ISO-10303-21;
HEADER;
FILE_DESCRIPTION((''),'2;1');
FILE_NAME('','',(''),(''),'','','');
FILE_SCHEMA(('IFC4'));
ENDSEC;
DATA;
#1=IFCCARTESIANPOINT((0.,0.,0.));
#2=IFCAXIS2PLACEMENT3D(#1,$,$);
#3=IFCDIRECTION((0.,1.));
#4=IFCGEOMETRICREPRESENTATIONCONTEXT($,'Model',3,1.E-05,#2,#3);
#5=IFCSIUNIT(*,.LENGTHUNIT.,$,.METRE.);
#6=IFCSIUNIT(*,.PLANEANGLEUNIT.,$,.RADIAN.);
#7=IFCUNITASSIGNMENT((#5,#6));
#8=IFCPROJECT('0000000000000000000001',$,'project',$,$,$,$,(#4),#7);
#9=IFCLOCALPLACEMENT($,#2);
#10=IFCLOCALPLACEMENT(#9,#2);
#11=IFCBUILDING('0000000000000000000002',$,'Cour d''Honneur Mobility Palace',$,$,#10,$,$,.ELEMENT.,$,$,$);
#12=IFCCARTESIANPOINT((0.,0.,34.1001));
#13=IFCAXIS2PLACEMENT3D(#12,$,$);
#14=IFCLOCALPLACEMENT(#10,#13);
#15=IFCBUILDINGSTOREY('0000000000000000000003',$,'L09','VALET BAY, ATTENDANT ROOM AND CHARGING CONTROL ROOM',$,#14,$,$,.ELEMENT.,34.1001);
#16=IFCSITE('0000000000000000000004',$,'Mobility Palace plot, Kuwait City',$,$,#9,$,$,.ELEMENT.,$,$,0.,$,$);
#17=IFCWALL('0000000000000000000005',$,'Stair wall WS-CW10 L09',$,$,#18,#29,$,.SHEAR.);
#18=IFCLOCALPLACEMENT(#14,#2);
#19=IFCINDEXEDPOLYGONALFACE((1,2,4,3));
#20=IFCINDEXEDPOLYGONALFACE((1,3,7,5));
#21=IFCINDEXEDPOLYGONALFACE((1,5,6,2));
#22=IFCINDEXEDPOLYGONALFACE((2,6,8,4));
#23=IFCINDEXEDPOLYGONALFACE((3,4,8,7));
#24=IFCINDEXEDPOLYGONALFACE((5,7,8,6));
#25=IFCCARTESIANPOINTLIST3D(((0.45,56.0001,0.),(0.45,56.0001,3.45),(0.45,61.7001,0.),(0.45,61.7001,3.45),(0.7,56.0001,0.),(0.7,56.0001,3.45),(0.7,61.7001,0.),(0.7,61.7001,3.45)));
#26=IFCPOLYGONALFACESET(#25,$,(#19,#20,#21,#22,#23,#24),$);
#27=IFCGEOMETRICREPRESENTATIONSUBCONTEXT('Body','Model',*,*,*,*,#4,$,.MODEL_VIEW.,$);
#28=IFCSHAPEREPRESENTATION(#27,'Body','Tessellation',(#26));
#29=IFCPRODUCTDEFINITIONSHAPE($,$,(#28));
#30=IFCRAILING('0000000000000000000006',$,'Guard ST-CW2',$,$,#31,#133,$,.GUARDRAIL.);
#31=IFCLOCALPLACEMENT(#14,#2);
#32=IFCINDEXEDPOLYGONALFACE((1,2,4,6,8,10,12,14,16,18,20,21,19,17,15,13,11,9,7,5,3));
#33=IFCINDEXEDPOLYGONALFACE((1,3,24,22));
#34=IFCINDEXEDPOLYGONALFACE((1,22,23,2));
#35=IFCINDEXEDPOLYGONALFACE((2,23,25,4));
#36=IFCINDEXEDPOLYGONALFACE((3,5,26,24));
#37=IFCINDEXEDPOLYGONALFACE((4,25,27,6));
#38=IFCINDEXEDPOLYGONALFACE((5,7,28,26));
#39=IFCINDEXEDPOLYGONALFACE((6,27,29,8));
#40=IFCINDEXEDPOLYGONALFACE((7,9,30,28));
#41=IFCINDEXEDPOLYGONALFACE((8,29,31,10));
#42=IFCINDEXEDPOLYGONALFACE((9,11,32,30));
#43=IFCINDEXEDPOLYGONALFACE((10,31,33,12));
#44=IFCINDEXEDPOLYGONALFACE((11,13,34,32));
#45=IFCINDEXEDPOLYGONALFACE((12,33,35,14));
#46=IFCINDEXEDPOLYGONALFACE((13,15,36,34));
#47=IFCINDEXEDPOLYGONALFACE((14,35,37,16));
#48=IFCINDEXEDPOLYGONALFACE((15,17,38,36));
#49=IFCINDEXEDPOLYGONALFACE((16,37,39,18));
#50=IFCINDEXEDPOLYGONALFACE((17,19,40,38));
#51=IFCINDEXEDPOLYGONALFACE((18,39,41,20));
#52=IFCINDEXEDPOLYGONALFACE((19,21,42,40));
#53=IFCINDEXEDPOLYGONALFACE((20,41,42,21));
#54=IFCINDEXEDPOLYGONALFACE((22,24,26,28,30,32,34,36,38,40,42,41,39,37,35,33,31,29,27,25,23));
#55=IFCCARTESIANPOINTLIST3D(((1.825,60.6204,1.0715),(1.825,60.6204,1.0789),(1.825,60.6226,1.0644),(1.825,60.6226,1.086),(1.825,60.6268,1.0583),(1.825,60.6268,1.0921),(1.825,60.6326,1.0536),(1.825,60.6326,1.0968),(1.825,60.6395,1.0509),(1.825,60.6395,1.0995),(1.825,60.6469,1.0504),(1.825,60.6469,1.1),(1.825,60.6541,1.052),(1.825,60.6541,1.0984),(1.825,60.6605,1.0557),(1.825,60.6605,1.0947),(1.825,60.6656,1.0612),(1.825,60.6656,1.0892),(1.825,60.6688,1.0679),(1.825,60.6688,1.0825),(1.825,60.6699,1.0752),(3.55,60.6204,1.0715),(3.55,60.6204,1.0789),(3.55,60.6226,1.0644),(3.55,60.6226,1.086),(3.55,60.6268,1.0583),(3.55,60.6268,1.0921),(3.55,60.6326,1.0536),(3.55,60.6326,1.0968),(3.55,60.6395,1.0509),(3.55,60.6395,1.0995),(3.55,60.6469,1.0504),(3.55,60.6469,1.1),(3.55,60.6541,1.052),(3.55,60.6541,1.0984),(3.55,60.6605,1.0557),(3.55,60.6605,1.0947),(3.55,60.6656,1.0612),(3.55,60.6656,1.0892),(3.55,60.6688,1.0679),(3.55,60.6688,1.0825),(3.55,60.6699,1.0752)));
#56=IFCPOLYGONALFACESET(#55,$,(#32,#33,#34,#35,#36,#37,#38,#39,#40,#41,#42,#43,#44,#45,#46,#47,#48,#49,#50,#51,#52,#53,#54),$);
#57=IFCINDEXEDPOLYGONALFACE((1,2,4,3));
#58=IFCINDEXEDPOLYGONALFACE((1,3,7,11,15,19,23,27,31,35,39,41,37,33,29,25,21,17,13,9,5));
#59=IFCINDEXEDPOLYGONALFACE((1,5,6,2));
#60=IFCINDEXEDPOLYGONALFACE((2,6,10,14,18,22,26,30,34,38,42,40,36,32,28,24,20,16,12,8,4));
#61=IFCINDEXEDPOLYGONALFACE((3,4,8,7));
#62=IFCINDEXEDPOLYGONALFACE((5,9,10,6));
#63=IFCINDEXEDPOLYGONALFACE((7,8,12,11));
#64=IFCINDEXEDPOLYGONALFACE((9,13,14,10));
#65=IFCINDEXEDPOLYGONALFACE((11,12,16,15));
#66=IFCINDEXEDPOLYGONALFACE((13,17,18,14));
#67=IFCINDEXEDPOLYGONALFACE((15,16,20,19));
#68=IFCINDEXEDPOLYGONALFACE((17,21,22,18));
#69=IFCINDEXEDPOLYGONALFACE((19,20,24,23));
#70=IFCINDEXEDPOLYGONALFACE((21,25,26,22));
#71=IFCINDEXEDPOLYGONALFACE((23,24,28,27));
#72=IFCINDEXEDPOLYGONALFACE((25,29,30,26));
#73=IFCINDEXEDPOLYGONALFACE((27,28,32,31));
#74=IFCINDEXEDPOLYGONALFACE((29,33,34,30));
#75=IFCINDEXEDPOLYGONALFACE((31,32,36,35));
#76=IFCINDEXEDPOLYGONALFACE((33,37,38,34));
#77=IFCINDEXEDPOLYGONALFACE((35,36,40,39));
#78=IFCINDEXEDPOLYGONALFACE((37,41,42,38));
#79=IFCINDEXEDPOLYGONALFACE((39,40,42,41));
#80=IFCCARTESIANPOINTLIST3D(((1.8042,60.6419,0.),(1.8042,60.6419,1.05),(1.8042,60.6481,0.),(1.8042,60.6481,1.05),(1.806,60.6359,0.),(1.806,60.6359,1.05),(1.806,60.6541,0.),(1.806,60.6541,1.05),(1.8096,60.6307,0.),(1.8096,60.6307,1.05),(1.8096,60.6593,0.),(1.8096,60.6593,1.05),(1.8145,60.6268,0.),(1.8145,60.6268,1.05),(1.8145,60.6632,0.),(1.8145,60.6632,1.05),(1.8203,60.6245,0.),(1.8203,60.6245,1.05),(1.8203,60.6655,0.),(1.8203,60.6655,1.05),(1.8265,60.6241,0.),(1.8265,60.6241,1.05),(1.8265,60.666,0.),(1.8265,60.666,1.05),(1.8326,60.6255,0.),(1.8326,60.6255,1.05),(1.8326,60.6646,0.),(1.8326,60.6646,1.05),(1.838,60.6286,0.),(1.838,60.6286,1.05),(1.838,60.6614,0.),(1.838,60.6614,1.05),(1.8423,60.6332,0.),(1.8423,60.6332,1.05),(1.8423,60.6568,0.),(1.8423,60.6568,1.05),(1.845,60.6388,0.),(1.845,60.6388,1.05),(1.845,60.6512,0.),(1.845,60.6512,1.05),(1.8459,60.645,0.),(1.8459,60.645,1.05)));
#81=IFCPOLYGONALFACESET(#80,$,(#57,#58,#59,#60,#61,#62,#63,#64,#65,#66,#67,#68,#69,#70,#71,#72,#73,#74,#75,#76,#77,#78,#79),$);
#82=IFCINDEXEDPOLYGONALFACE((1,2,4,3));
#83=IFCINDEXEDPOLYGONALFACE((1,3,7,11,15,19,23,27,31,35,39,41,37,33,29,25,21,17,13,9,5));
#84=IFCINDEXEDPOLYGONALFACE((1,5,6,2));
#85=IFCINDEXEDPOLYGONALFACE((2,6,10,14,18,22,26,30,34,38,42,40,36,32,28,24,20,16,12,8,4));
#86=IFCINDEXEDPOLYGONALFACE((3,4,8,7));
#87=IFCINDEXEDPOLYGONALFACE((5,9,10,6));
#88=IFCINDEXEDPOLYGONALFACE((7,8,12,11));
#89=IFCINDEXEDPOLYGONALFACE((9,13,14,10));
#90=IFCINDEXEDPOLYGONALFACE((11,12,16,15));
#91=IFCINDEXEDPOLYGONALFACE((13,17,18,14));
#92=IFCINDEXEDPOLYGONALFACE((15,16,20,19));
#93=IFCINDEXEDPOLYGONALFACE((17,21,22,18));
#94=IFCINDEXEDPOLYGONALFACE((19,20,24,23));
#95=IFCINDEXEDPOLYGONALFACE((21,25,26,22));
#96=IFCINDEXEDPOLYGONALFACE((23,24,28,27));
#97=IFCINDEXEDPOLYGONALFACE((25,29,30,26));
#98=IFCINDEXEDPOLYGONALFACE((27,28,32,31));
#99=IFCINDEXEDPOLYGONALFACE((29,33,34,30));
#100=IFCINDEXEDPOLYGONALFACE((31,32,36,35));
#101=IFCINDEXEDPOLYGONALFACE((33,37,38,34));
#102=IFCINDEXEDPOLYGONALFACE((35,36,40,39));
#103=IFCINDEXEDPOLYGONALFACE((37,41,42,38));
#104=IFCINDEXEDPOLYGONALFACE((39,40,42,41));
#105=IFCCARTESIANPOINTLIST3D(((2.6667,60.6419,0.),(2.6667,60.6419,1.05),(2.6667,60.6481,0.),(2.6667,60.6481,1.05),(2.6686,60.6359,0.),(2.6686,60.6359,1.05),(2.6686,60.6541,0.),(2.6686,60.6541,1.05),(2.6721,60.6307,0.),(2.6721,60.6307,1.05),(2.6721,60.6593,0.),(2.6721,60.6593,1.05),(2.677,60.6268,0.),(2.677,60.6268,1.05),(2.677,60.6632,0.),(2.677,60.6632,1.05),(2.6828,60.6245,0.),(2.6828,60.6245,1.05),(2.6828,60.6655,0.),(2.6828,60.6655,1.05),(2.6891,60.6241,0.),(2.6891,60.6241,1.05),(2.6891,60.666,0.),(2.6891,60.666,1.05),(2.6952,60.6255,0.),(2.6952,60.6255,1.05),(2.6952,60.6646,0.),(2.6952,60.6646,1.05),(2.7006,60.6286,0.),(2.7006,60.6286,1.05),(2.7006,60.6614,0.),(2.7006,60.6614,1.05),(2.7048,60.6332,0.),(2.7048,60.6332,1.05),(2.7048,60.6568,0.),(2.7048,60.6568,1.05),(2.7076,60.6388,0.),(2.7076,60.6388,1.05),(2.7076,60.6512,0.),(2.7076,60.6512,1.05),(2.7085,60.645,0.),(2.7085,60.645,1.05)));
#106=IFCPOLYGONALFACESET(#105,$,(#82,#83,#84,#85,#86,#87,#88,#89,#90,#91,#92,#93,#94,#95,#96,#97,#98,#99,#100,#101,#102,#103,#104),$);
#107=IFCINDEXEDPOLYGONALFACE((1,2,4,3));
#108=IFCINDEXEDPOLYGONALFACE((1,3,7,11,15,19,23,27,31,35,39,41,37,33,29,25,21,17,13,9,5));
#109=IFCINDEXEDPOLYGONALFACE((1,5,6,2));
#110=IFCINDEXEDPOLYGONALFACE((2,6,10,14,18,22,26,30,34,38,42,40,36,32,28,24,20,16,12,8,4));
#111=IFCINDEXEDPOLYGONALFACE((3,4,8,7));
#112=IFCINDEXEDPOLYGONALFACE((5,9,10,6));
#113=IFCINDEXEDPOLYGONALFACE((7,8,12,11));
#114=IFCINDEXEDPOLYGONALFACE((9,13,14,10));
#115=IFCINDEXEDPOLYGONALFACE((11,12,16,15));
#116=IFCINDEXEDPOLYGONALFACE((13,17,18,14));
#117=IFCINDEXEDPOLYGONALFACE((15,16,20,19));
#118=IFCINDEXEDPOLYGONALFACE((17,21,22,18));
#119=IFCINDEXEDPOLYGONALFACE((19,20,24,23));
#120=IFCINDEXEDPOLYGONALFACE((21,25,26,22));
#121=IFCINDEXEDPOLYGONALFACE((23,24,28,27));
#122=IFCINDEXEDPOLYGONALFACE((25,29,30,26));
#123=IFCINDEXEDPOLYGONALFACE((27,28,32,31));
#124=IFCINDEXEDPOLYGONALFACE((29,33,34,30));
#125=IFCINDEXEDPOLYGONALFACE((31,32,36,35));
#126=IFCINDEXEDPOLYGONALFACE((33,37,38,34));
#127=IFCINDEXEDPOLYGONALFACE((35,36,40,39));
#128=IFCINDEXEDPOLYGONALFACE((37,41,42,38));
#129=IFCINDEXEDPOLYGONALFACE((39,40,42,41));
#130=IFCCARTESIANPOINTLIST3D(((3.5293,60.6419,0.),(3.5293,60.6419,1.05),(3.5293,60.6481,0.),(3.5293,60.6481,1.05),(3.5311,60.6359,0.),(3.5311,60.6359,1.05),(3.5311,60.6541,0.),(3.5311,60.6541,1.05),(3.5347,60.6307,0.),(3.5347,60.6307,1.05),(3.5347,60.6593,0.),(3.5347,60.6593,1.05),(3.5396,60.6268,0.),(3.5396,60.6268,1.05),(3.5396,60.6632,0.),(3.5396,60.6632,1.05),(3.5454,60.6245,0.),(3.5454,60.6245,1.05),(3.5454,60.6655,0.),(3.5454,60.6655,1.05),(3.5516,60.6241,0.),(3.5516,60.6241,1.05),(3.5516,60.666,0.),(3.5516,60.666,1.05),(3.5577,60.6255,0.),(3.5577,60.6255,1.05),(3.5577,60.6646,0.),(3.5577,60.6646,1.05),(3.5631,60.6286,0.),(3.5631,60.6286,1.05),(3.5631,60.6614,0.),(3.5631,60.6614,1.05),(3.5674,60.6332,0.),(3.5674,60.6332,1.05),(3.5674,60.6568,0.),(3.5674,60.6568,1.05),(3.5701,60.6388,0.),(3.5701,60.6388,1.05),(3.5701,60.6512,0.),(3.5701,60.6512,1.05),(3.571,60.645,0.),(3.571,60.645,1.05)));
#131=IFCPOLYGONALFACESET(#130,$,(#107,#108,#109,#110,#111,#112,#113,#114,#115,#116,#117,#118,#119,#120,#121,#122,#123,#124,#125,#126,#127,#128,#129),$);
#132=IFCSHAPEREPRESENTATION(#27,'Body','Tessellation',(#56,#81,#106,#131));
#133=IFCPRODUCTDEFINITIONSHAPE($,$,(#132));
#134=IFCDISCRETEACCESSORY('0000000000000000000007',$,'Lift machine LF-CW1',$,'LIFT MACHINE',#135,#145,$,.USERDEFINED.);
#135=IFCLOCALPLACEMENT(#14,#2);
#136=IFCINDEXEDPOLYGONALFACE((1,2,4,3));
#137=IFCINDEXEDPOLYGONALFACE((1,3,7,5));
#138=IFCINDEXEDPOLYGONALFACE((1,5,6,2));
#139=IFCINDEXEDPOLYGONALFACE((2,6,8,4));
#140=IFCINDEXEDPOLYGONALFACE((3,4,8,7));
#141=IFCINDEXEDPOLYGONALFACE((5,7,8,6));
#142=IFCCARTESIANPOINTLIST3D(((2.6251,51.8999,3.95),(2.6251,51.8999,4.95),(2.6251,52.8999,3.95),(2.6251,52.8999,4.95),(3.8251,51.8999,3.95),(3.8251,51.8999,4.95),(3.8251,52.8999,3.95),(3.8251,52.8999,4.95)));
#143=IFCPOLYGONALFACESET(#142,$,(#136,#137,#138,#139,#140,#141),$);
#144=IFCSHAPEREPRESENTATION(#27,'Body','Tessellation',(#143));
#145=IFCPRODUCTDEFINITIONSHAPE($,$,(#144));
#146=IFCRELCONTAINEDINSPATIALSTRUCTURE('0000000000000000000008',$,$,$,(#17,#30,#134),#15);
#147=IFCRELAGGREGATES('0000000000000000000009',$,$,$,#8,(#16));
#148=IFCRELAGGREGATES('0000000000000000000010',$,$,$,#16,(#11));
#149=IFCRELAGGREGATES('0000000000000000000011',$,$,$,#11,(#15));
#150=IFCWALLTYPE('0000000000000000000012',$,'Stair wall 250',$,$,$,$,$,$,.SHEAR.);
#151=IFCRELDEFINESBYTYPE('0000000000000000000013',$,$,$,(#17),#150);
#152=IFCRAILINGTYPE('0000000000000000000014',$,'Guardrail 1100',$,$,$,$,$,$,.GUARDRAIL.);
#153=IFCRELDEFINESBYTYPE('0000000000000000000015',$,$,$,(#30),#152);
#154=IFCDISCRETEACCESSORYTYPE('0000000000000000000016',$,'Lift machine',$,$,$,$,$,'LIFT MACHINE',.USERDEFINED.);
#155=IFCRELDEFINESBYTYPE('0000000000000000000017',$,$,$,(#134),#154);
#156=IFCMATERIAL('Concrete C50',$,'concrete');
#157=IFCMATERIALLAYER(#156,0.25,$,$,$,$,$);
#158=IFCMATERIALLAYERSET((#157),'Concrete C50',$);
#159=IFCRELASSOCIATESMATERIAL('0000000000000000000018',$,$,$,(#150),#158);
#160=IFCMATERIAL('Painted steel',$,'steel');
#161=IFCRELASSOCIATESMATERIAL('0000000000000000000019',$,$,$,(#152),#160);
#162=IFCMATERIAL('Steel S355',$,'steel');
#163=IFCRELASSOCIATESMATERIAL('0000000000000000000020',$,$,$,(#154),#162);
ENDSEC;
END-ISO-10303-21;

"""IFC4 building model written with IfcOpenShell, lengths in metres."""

from ifc_helpers import new_model, si_unit, direction, frame, frame_2d, origin, origin_2d, place, context, subcontext, project, spatial, rectangle, circle, extrude, material, layer, layer_set, type_object, element, save


model = new_model("IFC4")

# Units and contexts
model_context = context("Model", 3, precision=1e-05, world=origin(), true_north=direction((0.0, 1.0)))
body_context = subcontext(model_context, "Body", "Model", "MODEL_VIEW")
ifc_project = project(units=[si_unit("LENGTHUNIT", "METRE"), si_unit("PLANEANGLEUNIT", "RADIAN")], contexts=[model_context])

# Site, building, storey
site_placement = place(None, origin())
site = spatial("IfcSite", under=ifc_project, at=site_placement, Name="Mobility Palace plot, Kuwait City", CompositionType="ELEMENT", RefElevation=0.0)
building_placement = place(site_placement, origin())
building = spatial("IfcBuilding", under=site, at=building_placement, Name="Cour d'Honneur Mobility Palace", CompositionType="ELEMENT")
storey_placement = place(building_placement, frame((0.0, 0.0, 34.1001)))
storey = spatial("IfcBuildingStorey", under=building, at=storey_placement, Name="L09", Description="VALET BAY, ATTENDANT ROOM AND CHARGING CONTROL ROOM", CompositionType="ELEMENT", Elevation=34.1001)

# Wall
ifc_material_1 = material(Name="Concrete C50", Category="concrete")
ifc_layer_1 = layer(ifc_material_1, 0.25)
ifc_layer_set_1 = layer_set([ifc_layer_1], Name="Concrete C50")
wall_type_1 = type_object("IfcWallType", Name="Stair wall 250", PredefinedType="SHEAR", material=ifc_layer_set_1)
wall_1_placement = place(storey_placement, frame((0.575, 56.0, 0.0), z_axis=(0.0, 0.0, 1.0), x_axis=(0.0, 1.0, 0.0)))
element("IfcWall", 1, at=wall_1_placement, inside=storey, type_object=wall_type_1, Name="Stair wall WS-CW10 L09", PredefinedType="SHEAR", context=body_context, shape_type="SweptSolid", body=[
    extrude(rectangle(XDim=5.7, YDim=0.25, at=frame_2d((2.8501, 0.0))), origin(), (0.0, 0.0, 1.0), 3.45),
])

# Railing
ifc_material_2 = material(Name="Painted steel", Category="steel")
railing_type = type_object("IfcRailingType", Name="Guardrail 1100", PredefinedType="GUARDRAIL", material=ifc_material_2)
railing_placement = place(storey_placement, frame((1.825, 60.645, 0.0)))
element("IfcRailing", 2, at=railing_placement, inside=storey, type_object=railing_type, Name="Guard ST-CW2", PredefinedType="GUARDRAIL", context=body_context, shape_type="SweptSolid", body=[
    extrude(circle(Radius=0.0249, at=origin_2d()), frame((0.0, 0.0, 1.0752), z_axis=(1.0, 0.0, 0.0), x_axis=(0.0, 1.0, 0.0)), (0.0, 0.0, 1.0), 1.7251),
    extrude(circle(Radius=0.021, at=origin_2d()), origin(), (0.0, 0.0, 1.0), 1.05),
    extrude(circle(Radius=0.021, at=origin_2d()), frame((0.8625, 0.0, 0.0)), (0.0, 0.0, 1.0), 1.05),
    extrude(circle(Radius=0.021, at=origin_2d()), frame((1.7251, 0.0, 0.0)), (0.0, 0.0, 1.0), 1.05),
])

# Discrete accessory
ifc_material_3 = material(Name="Steel S355", Category="steel")
discrete_accessory_type = type_object("IfcDiscreteAccessoryType", Name="Lift machine", ElementType="LIFT MACHINE", PredefinedType="USERDEFINED", material=ifc_material_3)
discrete_accessory_placement = place(storey_placement, frame((3.2251, 52.3999, 3.95), z_axis=(0.0, 0.0, 1.0), x_axis=(1.0, 0.0, 0.0)))
element("IfcDiscreteAccessory", 3, at=discrete_accessory_placement, inside=storey, type_object=discrete_accessory_type, Name="Lift machine LF-CW1", ObjectType="LIFT MACHINE", PredefinedType="USERDEFINED", context=body_context, shape_type="SweptSolid", body=[
    extrude(rectangle(XDim=1.2, YDim=1.0, at=origin_2d()), origin(), (0.0, 0.0, 1.0), 1.0),
])

save(model, "model.ifc")
